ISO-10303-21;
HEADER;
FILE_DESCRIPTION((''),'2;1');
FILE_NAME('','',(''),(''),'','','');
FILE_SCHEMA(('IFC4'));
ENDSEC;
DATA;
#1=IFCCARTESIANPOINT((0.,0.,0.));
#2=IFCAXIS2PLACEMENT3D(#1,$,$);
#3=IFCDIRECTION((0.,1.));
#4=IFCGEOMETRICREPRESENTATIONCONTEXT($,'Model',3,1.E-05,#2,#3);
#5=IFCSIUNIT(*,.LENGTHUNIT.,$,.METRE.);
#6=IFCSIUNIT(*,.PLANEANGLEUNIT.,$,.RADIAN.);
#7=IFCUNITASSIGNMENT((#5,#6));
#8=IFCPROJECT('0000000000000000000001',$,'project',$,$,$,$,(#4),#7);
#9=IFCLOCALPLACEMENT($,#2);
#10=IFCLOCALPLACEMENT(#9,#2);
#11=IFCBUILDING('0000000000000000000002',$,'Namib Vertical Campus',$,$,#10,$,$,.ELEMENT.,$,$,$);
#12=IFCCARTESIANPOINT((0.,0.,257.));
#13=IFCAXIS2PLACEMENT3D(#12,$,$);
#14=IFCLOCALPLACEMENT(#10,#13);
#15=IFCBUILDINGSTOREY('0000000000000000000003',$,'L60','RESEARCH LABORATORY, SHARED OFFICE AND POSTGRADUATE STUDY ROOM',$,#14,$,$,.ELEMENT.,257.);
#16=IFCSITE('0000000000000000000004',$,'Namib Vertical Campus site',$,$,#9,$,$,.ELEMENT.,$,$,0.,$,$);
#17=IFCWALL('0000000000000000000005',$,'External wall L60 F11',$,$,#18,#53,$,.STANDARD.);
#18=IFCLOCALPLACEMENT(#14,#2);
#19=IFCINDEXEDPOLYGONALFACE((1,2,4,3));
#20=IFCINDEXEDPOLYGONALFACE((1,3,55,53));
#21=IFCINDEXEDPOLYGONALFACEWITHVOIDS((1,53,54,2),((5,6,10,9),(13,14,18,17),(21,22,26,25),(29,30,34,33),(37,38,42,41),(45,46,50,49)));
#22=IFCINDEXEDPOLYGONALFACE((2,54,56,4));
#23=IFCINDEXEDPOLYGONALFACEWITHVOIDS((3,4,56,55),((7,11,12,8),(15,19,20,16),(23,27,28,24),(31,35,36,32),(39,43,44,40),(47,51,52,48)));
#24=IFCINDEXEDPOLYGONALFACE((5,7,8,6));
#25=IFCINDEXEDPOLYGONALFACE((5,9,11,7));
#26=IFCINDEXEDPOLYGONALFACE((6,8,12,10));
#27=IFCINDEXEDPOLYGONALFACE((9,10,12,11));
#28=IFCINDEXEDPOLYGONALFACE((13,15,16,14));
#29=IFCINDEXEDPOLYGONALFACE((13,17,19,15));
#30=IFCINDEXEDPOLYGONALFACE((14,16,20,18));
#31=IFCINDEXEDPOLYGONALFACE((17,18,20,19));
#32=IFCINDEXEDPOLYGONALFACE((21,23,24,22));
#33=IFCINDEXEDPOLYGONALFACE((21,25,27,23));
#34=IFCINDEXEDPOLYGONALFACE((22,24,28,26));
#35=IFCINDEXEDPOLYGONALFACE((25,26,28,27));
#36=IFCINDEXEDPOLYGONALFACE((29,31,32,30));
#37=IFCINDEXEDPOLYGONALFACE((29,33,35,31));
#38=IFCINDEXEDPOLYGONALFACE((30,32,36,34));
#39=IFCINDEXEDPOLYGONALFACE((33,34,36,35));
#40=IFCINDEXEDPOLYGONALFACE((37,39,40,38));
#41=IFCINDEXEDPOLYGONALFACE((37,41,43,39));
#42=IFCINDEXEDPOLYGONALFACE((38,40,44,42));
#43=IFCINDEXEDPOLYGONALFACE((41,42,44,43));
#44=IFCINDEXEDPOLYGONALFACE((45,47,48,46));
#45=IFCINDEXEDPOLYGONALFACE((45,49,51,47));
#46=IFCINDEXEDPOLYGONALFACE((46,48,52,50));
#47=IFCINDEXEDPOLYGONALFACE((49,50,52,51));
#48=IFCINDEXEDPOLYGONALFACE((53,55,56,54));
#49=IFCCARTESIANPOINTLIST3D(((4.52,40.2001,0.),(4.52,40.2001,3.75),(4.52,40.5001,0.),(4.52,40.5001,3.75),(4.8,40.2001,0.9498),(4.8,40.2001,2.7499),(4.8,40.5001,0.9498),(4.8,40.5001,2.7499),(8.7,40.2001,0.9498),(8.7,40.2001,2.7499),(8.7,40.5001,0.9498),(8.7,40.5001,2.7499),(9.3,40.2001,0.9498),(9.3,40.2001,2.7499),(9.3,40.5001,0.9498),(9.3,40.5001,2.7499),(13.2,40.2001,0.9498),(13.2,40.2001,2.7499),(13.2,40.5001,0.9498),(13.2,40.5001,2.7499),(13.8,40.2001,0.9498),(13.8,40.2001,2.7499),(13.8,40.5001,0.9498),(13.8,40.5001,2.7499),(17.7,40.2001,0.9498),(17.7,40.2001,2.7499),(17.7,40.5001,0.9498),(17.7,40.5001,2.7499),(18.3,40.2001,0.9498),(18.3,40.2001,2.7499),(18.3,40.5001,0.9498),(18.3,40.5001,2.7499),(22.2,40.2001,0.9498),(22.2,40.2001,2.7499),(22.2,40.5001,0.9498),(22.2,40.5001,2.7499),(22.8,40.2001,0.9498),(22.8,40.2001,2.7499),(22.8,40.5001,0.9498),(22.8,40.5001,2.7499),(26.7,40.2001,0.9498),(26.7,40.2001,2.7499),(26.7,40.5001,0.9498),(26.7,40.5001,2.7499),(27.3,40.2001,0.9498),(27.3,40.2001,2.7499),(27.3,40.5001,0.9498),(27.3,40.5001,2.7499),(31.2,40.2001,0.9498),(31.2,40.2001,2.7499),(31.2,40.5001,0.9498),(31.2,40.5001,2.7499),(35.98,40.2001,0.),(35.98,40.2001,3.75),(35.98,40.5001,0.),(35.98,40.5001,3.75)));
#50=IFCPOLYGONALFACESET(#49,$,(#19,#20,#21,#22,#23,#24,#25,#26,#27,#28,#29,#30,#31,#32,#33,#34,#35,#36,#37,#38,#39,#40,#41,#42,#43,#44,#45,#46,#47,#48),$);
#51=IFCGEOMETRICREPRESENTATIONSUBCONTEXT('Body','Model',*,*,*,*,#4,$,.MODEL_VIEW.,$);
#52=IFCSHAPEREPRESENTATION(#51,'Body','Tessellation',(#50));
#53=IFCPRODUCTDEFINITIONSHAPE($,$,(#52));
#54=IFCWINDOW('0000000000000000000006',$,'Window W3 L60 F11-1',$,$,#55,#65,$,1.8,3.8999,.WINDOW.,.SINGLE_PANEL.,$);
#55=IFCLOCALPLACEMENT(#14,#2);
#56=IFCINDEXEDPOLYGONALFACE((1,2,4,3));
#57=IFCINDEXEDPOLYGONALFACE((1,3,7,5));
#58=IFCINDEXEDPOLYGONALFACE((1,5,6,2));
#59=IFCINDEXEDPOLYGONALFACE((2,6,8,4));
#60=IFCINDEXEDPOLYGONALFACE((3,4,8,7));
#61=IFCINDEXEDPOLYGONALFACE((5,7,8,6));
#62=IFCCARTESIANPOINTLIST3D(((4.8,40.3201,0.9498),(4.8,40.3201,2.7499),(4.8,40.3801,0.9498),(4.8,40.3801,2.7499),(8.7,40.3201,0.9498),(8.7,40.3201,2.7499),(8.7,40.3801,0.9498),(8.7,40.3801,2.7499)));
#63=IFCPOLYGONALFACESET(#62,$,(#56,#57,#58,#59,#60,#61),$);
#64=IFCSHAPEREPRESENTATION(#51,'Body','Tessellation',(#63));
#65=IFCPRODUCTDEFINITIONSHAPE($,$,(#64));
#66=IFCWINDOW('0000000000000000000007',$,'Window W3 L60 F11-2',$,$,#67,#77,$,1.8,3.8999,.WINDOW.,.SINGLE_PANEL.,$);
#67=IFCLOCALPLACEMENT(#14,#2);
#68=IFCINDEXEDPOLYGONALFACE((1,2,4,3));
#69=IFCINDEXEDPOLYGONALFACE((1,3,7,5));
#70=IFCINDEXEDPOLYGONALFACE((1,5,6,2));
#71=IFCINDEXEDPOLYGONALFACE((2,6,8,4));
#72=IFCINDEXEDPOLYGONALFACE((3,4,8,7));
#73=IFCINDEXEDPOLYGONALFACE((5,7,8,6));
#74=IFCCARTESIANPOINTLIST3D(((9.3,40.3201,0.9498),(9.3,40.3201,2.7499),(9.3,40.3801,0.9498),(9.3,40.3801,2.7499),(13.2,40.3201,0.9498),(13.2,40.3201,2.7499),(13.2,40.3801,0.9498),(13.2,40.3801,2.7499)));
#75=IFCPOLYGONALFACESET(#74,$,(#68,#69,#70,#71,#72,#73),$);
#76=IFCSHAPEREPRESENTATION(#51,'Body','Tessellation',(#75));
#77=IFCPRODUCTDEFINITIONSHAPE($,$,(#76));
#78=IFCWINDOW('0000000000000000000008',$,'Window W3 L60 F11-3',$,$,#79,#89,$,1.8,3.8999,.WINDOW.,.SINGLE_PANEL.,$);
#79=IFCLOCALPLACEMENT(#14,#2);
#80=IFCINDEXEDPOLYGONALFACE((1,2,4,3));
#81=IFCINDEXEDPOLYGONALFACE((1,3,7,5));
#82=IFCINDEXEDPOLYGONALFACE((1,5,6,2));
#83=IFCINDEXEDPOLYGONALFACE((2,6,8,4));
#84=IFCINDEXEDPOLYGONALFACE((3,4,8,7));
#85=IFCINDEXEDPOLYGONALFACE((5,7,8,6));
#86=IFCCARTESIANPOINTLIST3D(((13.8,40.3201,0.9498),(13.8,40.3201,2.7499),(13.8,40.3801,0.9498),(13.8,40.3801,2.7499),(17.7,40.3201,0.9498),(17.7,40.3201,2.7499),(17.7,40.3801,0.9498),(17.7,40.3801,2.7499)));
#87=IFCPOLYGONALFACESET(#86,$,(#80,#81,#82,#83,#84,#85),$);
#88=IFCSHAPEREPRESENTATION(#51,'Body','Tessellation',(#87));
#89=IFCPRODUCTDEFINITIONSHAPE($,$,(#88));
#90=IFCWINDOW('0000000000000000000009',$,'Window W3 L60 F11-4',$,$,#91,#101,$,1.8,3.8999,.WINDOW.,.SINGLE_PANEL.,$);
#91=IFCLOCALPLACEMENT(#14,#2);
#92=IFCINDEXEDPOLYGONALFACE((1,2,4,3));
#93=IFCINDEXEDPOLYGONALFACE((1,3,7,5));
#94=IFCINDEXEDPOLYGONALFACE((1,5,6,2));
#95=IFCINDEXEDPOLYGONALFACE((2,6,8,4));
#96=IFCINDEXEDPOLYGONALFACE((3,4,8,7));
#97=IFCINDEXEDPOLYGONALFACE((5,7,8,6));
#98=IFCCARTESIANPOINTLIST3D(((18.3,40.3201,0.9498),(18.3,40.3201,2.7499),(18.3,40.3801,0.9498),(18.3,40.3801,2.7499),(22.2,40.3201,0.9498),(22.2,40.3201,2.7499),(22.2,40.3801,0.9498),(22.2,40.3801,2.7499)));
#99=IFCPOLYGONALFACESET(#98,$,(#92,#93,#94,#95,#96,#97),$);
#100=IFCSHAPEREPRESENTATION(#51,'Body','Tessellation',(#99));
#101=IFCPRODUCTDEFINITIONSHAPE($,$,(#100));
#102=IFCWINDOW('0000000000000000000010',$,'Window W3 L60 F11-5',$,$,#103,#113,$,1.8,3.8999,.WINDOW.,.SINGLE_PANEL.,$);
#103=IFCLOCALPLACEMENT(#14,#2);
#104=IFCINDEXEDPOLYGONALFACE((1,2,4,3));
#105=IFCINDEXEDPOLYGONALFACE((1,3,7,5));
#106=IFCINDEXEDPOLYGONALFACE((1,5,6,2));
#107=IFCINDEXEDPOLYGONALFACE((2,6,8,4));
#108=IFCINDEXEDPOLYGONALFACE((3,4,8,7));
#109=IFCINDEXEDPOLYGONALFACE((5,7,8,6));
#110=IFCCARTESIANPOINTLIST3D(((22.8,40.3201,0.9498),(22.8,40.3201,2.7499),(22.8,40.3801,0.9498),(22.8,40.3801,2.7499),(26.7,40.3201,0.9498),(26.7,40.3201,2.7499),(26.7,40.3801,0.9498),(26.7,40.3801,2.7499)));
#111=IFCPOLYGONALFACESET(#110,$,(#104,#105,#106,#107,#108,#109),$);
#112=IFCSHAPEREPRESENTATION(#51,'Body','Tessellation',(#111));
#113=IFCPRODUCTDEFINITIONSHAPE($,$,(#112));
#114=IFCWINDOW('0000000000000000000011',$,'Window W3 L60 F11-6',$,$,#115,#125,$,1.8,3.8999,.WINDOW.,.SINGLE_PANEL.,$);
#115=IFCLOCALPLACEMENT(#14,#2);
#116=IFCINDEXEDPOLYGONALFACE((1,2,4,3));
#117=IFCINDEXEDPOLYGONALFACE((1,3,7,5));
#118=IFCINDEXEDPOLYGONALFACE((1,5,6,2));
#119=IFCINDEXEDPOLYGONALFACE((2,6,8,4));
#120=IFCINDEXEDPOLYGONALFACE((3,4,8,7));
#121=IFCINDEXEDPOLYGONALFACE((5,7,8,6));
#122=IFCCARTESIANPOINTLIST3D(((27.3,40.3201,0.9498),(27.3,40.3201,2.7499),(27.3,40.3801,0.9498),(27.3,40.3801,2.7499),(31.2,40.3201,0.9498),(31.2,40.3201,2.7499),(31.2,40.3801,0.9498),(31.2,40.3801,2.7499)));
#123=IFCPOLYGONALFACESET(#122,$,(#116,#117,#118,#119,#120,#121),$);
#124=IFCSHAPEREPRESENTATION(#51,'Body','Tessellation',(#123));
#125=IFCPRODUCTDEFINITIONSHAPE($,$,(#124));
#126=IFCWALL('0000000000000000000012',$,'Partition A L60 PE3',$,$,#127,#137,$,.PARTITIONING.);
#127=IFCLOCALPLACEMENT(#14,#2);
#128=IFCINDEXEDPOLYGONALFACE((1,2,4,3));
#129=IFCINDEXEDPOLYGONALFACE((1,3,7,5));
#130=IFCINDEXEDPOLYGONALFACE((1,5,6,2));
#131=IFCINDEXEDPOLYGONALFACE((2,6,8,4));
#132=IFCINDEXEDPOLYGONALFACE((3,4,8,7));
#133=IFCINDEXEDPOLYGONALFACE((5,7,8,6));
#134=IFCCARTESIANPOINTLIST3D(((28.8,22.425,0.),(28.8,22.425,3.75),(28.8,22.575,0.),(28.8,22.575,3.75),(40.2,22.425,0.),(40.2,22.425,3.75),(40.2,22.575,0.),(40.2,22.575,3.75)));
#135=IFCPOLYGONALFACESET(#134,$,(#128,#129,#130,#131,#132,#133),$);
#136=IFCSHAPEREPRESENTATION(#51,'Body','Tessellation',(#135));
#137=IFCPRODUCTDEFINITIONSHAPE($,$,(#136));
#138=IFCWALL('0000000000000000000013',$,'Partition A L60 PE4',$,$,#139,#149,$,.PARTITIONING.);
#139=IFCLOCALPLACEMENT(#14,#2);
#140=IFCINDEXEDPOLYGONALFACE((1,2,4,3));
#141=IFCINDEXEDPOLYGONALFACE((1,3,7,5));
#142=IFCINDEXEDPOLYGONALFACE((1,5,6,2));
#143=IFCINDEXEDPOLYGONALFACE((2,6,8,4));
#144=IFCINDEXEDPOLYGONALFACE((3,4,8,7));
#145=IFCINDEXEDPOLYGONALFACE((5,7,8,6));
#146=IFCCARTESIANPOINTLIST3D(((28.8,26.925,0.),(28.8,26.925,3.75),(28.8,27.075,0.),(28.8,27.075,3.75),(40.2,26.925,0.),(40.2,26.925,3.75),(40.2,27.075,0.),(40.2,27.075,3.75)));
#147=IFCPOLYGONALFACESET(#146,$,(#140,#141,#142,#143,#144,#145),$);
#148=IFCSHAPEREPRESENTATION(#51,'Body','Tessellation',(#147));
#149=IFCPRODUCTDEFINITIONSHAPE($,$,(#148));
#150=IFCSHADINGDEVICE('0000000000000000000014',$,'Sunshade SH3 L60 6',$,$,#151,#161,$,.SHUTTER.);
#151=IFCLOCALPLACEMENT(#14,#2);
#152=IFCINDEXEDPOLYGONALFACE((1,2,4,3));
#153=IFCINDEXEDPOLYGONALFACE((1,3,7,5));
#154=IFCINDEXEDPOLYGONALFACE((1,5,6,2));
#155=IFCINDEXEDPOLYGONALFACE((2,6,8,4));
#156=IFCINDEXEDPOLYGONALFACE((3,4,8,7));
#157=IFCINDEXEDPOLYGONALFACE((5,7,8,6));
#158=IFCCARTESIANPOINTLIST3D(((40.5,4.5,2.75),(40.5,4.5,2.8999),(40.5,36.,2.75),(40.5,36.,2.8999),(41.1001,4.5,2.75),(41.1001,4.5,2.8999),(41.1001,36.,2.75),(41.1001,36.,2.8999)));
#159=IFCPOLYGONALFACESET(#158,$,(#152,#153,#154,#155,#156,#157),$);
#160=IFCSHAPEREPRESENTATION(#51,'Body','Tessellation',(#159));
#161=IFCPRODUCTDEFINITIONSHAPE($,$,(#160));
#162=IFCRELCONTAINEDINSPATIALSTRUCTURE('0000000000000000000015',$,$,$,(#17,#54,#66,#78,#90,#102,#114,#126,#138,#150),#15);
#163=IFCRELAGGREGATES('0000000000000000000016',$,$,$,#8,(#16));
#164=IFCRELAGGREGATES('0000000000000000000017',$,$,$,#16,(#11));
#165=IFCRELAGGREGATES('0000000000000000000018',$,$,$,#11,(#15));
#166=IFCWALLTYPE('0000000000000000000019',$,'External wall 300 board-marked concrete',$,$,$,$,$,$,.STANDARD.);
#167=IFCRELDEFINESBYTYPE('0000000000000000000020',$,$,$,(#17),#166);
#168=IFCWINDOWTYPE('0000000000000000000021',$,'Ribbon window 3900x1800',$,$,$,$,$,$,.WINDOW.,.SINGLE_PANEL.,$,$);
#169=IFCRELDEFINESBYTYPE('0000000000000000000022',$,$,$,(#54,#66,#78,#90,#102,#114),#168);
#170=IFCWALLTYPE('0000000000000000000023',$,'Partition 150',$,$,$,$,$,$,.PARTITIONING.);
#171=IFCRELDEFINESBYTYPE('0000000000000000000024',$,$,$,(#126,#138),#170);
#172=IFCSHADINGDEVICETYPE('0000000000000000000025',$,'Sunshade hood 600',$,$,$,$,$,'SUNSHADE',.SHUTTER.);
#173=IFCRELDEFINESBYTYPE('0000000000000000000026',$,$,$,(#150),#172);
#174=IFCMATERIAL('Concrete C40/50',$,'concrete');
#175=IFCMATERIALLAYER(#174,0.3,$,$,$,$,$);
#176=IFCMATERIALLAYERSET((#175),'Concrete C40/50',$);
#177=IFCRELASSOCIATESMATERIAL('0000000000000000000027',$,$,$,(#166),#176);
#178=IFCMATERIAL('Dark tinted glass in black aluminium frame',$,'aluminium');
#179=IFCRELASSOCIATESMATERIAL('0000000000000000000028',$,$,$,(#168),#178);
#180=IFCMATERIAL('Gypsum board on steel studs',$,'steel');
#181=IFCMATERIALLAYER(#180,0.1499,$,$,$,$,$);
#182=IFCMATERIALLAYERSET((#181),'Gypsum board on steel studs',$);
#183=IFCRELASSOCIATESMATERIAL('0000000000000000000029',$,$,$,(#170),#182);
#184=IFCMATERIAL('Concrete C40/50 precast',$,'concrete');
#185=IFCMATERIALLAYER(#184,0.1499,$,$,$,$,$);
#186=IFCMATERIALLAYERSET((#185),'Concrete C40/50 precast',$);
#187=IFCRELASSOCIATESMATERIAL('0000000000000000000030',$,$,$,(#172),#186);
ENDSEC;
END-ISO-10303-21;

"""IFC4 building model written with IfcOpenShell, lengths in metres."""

from ifc_helpers import new_model, si_unit, direction, frame, frame_2d, origin, origin_2d, place, context, subcontext, project, spatial, rectangle, extrude, material, layer, layer_set, type_object, element, fill, save


model = new_model("IFC4")

# Units and contexts
model_context = context("Model", 3, precision=1e-05, world=origin(), true_north=direction((0.0, 1.0)))
body_context = subcontext(model_context, "Body", "Model", "MODEL_VIEW")
ifc_project = project(units=[si_unit("LENGTHUNIT", "METRE"), si_unit("PLANEANGLEUNIT", "RADIAN")], contexts=[model_context])

# Site, building, storey
site_placement = place(None, origin())
site = spatial("IfcSite", under=ifc_project, at=site_placement, Name="Namib Vertical Campus site", CompositionType="ELEMENT", RefElevation=0.0)
building_placement = place(site_placement, origin())
building = spatial("IfcBuilding", under=site, at=building_placement, Name="Namib Vertical Campus", CompositionType="ELEMENT")
storey_placement = place(building_placement, frame((0.0, 0.0, 257.0)))
storey = spatial("IfcBuildingStorey", under=building, at=storey_placement, Name="L60", Description="RESEARCH LABORATORY, SHARED OFFICE AND POSTGRADUATE STUDY ROOM", CompositionType="ELEMENT", Elevation=257.0)

# Shared definitions
ifc_material_1 = material(Name="Concrete C40/50", Category="concrete")
ifc_layer_1 = layer(ifc_material_1, 0.3)
ifc_layer_set_1 = layer_set([ifc_layer_1], Name="Concrete C40/50")
wall_type_1 = type_object("IfcWallType", Name="External wall 300 board-marked concrete", PredefinedType="STANDARD", material=ifc_layer_set_1)

# Wall, openings, windows
wall_1_placement = place(storey_placement, frame((35.98, 40.3501, 0.0), z_axis=(0.0, 0.0, 1.0), x_axis=(-1.0, 0.0, 0.0)))
wall_1 = element("IfcWall", 1, at=wall_1_placement, inside=storey, type_object=wall_type_1, Name="External wall L60 F11", PredefinedType="STANDARD", context=body_context, shape_type="SweptSolid", body=[
    extrude(rectangle(XDim=31.46, YDim=0.3, at=frame_2d((15.73, 0.0))), origin(), (0.0, 0.0, 1.0), 3.75),
])
opening_1_placement = place(wall_1_placement, frame((27.28, 0.0, 0.95)))
opening_1 = element("IfcOpeningElement", 2, at=opening_1_placement, cuts=wall_1, PredefinedType="OPENING", context=body_context, shape_type="SweptSolid", body=[
    extrude(rectangle(XDim=3.8999, YDim=1.8, at=frame_2d((1.95, 0.8999))), frame((0.0, 0.1599, 0.0), z_axis=(0.0, -1.0, 0.0), x_axis=(1.0, 0.0, 0.0)), (0.0, 0.0, 1.0), 0.3201),
])
opening_2_placement = place(wall_1_placement, frame((22.78, 0.0, 0.95)))
opening_2 = element("IfcOpeningElement", 3, at=opening_2_placement, cuts=wall_1, PredefinedType="OPENING", context=body_context, shape_type="SweptSolid", body=[
    extrude(rectangle(XDim=3.8999, YDim=1.8, at=frame_2d((1.95, 0.8999))), frame((0.0, 0.1599, 0.0), z_axis=(0.0, -1.0, 0.0), x_axis=(1.0, 0.0, 0.0)), (0.0, 0.0, 1.0), 0.3201),
])
opening_3_placement = place(wall_1_placement, frame((18.28, 0.0, 0.95)))
opening_3 = element("IfcOpeningElement", 4, at=opening_3_placement, cuts=wall_1, PredefinedType="OPENING", context=body_context, shape_type="SweptSolid", body=[
    extrude(rectangle(XDim=3.8999, YDim=1.8, at=frame_2d((1.95, 0.8999))), frame((0.0, 0.1599, 0.0), z_axis=(0.0, -1.0, 0.0), x_axis=(1.0, 0.0, 0.0)), (0.0, 0.0, 1.0), 0.3201),
])
opening_4_placement = place(wall_1_placement, frame((13.78, 0.0, 0.95)))
opening_4 = element("IfcOpeningElement", 5, at=opening_4_placement, cuts=wall_1, PredefinedType="OPENING", context=body_context, shape_type="SweptSolid", body=[
    extrude(rectangle(XDim=3.8999, YDim=1.8, at=frame_2d((1.95, 0.8999))), frame((0.0, 0.1599, 0.0), z_axis=(0.0, -1.0, 0.0), x_axis=(1.0, 0.0, 0.0)), (0.0, 0.0, 1.0), 0.3201),
])
opening_5_placement = place(wall_1_placement, frame((9.28, 0.0, 0.95)))
opening_5 = element("IfcOpeningElement", 6, at=opening_5_placement, cuts=wall_1, PredefinedType="OPENING", context=body_context, shape_type="SweptSolid", body=[
    extrude(rectangle(XDim=3.8999, YDim=1.8, at=frame_2d((1.95, 0.8999))), frame((0.0, 0.1599, 0.0), z_axis=(0.0, -1.0, 0.0), x_axis=(1.0, 0.0, 0.0)), (0.0, 0.0, 1.0), 0.3201),
])
opening_6_placement = place(wall_1_placement, frame((4.78, 0.0, 0.95)))
opening_6 = element("IfcOpeningElement", 7, at=opening_6_placement, cuts=wall_1, PredefinedType="OPENING", context=body_context, shape_type="SweptSolid", body=[
    extrude(rectangle(XDim=3.8999, YDim=1.8, at=frame_2d((1.95, 0.8999))), frame((0.0, 0.1599, 0.0), z_axis=(0.0, -1.0, 0.0), x_axis=(1.0, 0.0, 0.0)), (0.0, 0.0, 1.0), 0.3201),
])
ifc_material_2 = material(Name="Dark tinted glass in black aluminium frame", Category="aluminium")
window_type = type_object("IfcWindowType", Name="Ribbon window 3900x1800", PartitioningType="SINGLE_PANEL", PredefinedType="WINDOW", material=ifc_material_2)
window_1_placement = place(opening_1_placement, origin())
window_1 = element("IfcWindow", 8, at=window_1_placement, inside=storey, type_object=window_type, Name="Window W3 L60 F11-1", OverallHeight=1.8, OverallWidth=3.8999, PartitioningType="SINGLE_PANEL", PredefinedType="WINDOW", context=body_context, shape_type="SweptSolid", body=[
    extrude(rectangle(XDim=3.8999, YDim=1.8, at=frame_2d((1.95, 0.8999))), frame((0.0, 0.03, 0.0), z_axis=(0.0, -1.0, 0.0), x_axis=(1.0, 0.0, 0.0)), (0.0, 0.0, 1.0), 0.0601),
])
fill(opening_1, window_1)
window_2_placement = place(opening_2_placement, origin())
window_2 = element("IfcWindow", 9, at=window_2_placement, inside=storey, type_object=window_type, Name="Window W3 L60 F11-2", OverallHeight=1.8, OverallWidth=3.8999, PartitioningType="SINGLE_PANEL", PredefinedType="WINDOW", context=body_context, shape_type="SweptSolid", body=[
    extrude(rectangle(XDim=3.8999, YDim=1.8, at=frame_2d((1.95, 0.8999))), frame((0.0, 0.03, 0.0), z_axis=(0.0, -1.0, 0.0), x_axis=(1.0, 0.0, 0.0)), (0.0, 0.0, 1.0), 0.0601),
])
fill(opening_2, window_2)
window_3_placement = place(opening_3_placement, origin())
window_3 = element("IfcWindow", 10, at=window_3_placement, inside=storey, type_object=window_type, Name="Window W3 L60 F11-3", OverallHeight=1.8, OverallWidth=3.8999, PartitioningType="SINGLE_PANEL", PredefinedType="WINDOW", context=body_context, shape_type="SweptSolid", body=[
    extrude(rectangle(XDim=3.8999, YDim=1.8, at=frame_2d((1.95, 0.8999))), frame((0.0, 0.03, 0.0), z_axis=(0.0, -1.0, 0.0), x_axis=(1.0, 0.0, 0.0)), (0.0, 0.0, 1.0), 0.0601),
])
fill(opening_3, window_3)
window_4_placement = place(opening_4_placement, origin())
window_4 = element("IfcWindow", 11, at=window_4_placement, inside=storey, type_object=window_type, Name="Window W3 L60 F11-4", OverallHeight=1.8, OverallWidth=3.8999, PartitioningType="SINGLE_PANEL", PredefinedType="WINDOW", context=body_context, shape_type="SweptSolid", body=[
    extrude(rectangle(XDim=3.8999, YDim=1.8, at=frame_2d((1.95, 0.8999))), frame((0.0, 0.03, 0.0), z_axis=(0.0, -1.0, 0.0), x_axis=(1.0, 0.0, 0.0)), (0.0, 0.0, 1.0), 0.0601),
])
fill(opening_4, window_4)
window_5_placement = place(opening_5_placement, origin())
window_5 = element("IfcWindow", 12, at=window_5_placement, inside=storey, type_object=window_type, Name="Window W3 L60 F11-5", OverallHeight=1.8, OverallWidth=3.8999, PartitioningType="SINGLE_PANEL", PredefinedType="WINDOW", context=body_context, shape_type="SweptSolid", body=[
    extrude(rectangle(XDim=3.8999, YDim=1.8, at=frame_2d((1.95, 0.8999))), frame((0.0, 0.03, 0.0), z_axis=(0.0, -1.0, 0.0), x_axis=(1.0, 0.0, 0.0)), (0.0, 0.0, 1.0), 0.0601),
])
fill(opening_5, window_5)
window_6_placement = place(opening_6_placement, origin())
window_6 = element("IfcWindow", 13, at=window_6_placement, inside=storey, type_object=window_type, Name="Window W3 L60 F11-6", OverallHeight=1.8, OverallWidth=3.8999, PartitioningType="SINGLE_PANEL", PredefinedType="WINDOW", context=body_context, shape_type="SweptSolid", body=[
    extrude(rectangle(XDim=3.8999, YDim=1.8, at=frame_2d((1.95, 0.8999))), frame((0.0, 0.03, 0.0), z_axis=(0.0, -1.0, 0.0), x_axis=(1.0, 0.0, 0.0)), (0.0, 0.0, 1.0), 0.0601),
])
fill(opening_6, window_6)

# Walls
ifc_material_3 = material(Name="Gypsum board on steel studs", Category="steel")
ifc_layer_2 = layer(ifc_material_3, 0.1499)
ifc_layer_set_2 = layer_set([ifc_layer_2], Name="Gypsum board on steel studs")
wall_type_2 = type_object("IfcWallType", Name="Partition 150", PredefinedType="PARTITIONING", material=ifc_layer_set_2)
for number, where, z_axis, x_axis, name in (
    (14, (28.8, 22.5, 0.0), (0.0, 0.0, 1.0), (1.0, 0.0, 0.0), "Partition A L60 PE3"),
    (15, (28.8, 27.0, 0.0), (0.0, 0.0, 1.0), (1.0, 0.0, 0.0), "Partition A L60 PE4"),
):
    element("IfcWall", number, at=place(storey_placement, frame(where, z_axis=z_axis, x_axis=x_axis)), inside=storey, type_object=wall_type_2, Name=name, PredefinedType="PARTITIONING", context=body_context, shape_type="SweptSolid", body=[
        extrude(rectangle(XDim=11.3999, YDim=0.1499, at=frame_2d((5.7, 0.0))), origin(), (0.0, 0.0, 1.0), 3.75),
    ])

# Shading device
ifc_material_4 = material(Name="Concrete C40/50 precast", Category="concrete")
ifc_layer_3 = layer(ifc_material_4, 0.1499)
ifc_layer_set_3 = layer_set([ifc_layer_3], Name="Concrete C40/50 precast")
shading_device_type = type_object("IfcShadingDeviceType", Name="Sunshade hood 600", ElementType="SUNSHADE", PredefinedType="SHUTTER", material=ifc_layer_set_3)
shading_device_placement = place(storey_placement, frame((40.8, 20.25, 2.75), z_axis=(0.0, 0.0, 1.0), x_axis=(0.0, 1.0, 0.0)))
element("IfcShadingDevice", 16, at=shading_device_placement, inside=storey, type_object=shading_device_type, Name="Sunshade SH3 L60 6", PredefinedType="SHUTTER", context=body_context, shape_type="SweptSolid", body=[
    extrude(rectangle(XDim=31.5, YDim=0.6001, at=origin_2d()), origin(), (0.0, 0.0, 1.0), 0.1499),
])

save(model, "model.ifc")
